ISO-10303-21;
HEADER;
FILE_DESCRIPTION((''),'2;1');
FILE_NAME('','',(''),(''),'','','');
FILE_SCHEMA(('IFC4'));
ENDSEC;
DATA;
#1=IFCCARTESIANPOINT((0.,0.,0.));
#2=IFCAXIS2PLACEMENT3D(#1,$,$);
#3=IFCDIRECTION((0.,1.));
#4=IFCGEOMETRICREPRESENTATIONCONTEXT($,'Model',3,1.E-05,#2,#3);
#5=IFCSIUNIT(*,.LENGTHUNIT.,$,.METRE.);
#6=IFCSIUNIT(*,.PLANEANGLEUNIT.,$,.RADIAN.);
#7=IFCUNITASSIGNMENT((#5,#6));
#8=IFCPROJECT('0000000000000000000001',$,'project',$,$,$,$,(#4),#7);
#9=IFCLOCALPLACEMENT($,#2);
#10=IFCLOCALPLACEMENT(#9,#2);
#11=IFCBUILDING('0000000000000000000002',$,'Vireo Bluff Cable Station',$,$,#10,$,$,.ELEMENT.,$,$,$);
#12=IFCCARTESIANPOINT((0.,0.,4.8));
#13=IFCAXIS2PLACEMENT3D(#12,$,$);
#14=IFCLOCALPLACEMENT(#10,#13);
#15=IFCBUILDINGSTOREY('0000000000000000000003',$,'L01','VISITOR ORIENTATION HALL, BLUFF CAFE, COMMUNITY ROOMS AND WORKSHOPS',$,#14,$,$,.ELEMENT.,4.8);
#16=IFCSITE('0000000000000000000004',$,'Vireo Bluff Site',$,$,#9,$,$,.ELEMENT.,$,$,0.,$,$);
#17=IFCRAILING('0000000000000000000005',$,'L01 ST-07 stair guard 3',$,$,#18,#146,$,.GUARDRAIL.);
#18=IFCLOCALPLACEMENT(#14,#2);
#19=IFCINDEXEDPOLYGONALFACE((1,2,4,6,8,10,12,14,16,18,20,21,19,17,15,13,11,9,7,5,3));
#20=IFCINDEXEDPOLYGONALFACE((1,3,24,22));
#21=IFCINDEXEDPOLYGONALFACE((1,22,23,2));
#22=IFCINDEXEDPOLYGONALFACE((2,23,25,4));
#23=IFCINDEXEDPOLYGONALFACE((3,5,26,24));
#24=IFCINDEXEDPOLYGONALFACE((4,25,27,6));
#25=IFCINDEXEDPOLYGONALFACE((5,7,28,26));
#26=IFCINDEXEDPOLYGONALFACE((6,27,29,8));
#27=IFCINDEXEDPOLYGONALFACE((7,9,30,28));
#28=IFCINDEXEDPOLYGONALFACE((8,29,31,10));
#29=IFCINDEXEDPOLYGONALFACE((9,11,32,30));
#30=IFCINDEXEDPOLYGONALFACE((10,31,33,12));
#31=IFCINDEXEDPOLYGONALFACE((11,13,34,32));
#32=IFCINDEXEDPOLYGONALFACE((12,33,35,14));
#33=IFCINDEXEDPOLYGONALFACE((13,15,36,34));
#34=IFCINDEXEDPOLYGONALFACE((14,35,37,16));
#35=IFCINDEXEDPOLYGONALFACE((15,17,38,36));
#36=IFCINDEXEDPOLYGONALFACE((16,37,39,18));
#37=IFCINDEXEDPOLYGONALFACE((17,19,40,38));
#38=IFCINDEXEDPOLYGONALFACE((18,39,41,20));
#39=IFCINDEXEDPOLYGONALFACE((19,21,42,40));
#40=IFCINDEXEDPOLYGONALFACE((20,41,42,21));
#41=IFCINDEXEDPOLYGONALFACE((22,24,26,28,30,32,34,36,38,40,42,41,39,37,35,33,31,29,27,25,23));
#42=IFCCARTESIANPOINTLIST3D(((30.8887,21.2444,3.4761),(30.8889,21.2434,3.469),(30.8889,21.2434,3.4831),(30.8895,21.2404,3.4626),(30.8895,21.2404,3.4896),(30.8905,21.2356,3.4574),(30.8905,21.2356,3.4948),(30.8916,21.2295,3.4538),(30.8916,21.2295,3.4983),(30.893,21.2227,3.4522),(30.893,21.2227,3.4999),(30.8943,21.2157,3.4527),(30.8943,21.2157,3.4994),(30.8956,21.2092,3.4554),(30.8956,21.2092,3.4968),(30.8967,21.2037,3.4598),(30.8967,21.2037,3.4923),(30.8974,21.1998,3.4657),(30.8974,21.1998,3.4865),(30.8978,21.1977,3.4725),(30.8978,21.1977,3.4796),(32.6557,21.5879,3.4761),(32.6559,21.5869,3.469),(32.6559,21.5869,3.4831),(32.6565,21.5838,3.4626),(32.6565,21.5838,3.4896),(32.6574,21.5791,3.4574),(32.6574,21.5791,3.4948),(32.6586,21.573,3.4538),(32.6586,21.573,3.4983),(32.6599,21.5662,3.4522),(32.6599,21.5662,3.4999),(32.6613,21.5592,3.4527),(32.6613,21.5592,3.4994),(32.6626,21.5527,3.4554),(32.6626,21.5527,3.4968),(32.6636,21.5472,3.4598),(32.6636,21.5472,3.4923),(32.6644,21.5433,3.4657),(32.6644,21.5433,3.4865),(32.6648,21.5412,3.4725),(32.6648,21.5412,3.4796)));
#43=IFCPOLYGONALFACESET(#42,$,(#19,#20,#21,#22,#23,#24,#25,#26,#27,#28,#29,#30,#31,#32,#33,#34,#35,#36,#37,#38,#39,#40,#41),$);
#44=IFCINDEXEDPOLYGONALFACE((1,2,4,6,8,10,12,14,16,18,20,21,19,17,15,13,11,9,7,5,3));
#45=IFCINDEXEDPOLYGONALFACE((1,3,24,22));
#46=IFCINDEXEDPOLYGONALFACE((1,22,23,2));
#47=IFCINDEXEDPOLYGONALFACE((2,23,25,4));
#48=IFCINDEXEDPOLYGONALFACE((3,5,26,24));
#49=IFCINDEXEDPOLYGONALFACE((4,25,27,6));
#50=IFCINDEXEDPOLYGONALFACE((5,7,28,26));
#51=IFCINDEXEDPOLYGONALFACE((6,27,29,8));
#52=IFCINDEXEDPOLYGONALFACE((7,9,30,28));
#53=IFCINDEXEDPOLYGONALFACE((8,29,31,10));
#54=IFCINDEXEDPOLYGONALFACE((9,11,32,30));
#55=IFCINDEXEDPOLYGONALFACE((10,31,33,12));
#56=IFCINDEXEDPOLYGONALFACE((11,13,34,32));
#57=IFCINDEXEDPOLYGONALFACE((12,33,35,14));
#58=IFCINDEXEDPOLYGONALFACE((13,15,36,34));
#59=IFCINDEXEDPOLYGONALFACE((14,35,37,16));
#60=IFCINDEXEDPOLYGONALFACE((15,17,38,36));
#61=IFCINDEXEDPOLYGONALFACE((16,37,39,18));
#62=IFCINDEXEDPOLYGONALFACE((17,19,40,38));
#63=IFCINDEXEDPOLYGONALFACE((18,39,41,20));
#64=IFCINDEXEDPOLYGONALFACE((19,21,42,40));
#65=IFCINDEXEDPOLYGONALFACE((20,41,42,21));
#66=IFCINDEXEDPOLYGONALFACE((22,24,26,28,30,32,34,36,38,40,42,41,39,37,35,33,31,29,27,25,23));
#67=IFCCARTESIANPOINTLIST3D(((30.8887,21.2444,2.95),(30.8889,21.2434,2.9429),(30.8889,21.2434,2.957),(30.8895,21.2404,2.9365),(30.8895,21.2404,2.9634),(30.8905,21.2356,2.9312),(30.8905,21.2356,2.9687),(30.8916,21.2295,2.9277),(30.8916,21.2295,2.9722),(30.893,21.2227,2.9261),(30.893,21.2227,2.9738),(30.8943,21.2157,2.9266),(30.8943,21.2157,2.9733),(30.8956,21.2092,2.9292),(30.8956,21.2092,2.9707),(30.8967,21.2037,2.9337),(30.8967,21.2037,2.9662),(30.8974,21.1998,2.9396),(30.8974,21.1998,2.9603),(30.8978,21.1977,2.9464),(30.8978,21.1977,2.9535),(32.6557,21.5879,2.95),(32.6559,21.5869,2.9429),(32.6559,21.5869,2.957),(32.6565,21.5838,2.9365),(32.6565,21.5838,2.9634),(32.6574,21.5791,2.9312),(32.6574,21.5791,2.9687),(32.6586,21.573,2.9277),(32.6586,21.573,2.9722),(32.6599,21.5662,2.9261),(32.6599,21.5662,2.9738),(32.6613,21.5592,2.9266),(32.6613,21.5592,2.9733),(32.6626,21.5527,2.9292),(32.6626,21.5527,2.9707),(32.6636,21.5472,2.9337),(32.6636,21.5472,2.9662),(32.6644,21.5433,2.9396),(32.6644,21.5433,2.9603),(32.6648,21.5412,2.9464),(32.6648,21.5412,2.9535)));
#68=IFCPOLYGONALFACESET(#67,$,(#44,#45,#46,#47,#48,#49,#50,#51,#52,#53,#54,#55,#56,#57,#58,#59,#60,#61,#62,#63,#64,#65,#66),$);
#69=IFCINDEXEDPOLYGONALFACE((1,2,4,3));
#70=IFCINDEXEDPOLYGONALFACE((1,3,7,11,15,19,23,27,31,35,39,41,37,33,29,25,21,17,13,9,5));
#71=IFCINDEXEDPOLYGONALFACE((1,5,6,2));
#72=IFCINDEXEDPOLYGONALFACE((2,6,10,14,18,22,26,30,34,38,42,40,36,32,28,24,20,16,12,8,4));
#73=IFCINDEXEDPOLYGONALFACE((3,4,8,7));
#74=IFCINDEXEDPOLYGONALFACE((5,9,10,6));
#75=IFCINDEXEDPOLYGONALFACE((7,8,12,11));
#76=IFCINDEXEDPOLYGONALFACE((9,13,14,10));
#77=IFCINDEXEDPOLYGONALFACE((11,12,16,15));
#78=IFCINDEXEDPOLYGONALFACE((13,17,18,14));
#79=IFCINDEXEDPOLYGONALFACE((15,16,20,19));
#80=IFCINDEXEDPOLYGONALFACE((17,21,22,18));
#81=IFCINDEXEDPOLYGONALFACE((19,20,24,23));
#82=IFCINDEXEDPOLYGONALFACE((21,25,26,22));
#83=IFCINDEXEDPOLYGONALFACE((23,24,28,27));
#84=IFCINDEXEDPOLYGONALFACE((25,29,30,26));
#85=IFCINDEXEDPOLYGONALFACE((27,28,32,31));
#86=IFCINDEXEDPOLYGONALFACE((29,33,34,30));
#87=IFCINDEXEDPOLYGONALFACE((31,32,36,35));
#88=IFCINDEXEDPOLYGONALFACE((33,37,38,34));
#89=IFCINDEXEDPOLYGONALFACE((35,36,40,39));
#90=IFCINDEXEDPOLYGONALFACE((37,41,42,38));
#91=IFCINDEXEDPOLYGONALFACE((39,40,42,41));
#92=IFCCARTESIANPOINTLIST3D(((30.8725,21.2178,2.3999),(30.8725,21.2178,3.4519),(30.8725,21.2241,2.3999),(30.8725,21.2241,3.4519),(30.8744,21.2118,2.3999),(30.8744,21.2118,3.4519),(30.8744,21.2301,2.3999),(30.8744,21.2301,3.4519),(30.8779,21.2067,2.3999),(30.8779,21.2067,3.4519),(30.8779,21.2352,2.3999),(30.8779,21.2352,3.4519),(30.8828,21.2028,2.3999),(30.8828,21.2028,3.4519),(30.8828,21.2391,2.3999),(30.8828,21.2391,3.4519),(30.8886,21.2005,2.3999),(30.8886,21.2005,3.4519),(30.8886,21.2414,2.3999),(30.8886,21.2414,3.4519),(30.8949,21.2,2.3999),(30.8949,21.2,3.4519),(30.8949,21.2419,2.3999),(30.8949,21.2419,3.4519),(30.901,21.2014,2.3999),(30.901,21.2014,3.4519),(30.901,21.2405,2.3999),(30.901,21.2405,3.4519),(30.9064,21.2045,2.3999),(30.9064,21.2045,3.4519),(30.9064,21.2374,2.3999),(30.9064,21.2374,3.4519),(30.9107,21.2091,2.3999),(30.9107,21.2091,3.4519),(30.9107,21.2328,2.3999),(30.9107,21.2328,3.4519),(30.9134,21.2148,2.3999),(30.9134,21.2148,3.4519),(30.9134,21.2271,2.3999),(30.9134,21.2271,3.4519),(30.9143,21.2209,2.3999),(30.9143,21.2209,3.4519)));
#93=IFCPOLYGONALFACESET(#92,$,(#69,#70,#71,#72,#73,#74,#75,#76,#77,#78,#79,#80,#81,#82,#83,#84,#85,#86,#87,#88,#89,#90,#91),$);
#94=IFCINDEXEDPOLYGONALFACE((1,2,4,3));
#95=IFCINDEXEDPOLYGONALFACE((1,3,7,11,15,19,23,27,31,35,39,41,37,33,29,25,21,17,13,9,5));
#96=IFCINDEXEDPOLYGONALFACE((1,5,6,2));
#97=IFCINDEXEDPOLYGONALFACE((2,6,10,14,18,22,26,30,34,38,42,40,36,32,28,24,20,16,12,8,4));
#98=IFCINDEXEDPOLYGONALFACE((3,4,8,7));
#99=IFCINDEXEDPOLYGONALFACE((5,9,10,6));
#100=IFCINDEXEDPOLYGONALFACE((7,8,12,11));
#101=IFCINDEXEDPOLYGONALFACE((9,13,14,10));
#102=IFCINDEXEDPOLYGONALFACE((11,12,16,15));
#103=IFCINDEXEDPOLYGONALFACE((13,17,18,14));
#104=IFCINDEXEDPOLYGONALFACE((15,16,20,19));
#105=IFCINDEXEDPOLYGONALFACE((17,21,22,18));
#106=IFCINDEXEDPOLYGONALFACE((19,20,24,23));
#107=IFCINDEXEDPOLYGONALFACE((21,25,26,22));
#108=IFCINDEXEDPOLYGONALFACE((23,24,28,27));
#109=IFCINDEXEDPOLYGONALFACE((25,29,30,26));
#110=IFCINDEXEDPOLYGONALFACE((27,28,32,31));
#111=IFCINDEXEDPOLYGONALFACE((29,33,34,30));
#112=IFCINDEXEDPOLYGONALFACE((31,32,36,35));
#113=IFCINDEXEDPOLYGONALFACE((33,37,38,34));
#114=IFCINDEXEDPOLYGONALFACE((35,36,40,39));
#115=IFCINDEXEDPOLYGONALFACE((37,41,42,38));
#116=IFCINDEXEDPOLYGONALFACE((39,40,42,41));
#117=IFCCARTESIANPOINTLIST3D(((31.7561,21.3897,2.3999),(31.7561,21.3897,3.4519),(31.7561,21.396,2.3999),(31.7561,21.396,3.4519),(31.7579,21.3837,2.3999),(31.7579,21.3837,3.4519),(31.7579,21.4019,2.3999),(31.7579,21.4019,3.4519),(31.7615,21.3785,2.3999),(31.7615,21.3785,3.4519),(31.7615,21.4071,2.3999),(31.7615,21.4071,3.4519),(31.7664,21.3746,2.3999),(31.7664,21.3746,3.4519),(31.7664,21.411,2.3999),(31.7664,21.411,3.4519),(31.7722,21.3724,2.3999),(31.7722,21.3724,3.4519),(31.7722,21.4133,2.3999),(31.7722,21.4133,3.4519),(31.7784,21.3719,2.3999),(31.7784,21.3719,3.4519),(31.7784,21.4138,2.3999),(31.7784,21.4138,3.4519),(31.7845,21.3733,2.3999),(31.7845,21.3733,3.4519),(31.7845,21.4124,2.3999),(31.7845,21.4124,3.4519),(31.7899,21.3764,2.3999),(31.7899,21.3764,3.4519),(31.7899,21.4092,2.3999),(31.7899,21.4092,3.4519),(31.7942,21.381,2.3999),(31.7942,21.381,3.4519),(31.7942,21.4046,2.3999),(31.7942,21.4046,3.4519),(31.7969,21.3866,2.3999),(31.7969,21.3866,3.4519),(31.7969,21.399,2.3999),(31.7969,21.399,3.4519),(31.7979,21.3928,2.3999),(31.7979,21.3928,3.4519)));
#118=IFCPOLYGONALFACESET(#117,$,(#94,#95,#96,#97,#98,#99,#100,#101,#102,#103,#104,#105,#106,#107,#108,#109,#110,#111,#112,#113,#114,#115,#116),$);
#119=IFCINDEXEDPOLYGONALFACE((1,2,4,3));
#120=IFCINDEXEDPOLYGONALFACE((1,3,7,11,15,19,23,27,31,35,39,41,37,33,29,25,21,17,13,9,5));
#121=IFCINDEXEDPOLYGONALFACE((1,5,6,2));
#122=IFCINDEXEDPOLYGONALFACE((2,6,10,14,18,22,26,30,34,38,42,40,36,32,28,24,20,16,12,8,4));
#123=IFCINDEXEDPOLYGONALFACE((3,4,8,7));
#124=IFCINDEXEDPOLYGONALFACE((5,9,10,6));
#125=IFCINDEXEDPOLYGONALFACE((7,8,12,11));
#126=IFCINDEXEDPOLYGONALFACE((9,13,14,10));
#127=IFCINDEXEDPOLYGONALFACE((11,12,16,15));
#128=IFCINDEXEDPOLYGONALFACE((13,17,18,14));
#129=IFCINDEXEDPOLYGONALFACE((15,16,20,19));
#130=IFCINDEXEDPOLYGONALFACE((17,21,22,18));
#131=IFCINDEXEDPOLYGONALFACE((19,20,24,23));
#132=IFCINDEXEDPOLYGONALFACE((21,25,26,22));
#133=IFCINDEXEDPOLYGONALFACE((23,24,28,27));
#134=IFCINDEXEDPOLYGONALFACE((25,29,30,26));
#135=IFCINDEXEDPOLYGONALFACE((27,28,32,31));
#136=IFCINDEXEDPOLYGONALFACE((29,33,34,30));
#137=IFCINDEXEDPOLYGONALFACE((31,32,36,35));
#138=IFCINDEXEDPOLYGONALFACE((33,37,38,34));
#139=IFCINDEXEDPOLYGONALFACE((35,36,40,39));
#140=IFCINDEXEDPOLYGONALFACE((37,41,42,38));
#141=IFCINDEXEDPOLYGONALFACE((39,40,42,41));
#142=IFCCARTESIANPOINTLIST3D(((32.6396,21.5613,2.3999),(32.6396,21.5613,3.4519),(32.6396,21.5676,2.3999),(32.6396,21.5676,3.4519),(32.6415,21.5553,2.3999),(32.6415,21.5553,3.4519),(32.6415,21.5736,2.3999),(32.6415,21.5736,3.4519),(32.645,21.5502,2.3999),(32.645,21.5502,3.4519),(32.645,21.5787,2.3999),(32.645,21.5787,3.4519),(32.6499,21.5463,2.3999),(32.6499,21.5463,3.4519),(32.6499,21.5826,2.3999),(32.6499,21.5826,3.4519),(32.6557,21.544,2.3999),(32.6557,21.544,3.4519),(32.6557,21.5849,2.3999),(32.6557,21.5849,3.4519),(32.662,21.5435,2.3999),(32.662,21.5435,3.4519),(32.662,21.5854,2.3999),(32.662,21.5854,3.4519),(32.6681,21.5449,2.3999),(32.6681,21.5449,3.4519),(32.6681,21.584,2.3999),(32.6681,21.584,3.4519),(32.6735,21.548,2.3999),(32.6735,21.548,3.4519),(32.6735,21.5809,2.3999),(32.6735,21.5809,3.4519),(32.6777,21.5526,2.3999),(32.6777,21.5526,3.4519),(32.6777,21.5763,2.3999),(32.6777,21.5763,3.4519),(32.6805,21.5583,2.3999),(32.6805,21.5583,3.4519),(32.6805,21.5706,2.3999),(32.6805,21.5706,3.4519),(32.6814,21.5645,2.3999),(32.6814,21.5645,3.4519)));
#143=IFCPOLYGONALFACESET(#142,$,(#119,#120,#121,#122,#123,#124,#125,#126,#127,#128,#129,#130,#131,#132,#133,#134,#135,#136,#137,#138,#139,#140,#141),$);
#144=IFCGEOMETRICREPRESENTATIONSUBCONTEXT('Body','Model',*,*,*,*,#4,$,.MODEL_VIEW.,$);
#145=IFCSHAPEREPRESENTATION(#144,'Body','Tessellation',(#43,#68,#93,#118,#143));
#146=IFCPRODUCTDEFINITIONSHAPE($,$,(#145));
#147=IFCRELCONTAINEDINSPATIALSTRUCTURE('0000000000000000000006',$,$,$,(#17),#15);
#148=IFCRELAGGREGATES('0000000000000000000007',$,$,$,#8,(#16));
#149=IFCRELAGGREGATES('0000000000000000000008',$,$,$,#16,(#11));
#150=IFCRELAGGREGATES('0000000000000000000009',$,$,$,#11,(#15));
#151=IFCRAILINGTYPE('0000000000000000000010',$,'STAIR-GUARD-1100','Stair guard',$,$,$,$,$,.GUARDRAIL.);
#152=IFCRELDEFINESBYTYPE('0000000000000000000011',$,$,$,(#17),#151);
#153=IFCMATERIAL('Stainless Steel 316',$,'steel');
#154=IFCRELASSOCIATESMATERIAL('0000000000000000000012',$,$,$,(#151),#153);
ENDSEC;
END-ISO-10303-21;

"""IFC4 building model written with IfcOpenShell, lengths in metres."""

from ifc_helpers import new_model, si_unit, direction, frame, origin, origin_2d, place, context, subcontext, project, spatial, circle, extrude, material, type_object, element, save


model = new_model("IFC4")

# Units and contexts
model_context = context("Model", 3, precision=1e-05, world=origin(), true_north=direction((0.0, 1.0)))
body_context = subcontext(model_context, "Body", "Model", "MODEL_VIEW")
ifc_project = project(units=[si_unit("LENGTHUNIT", "METRE"), si_unit("PLANEANGLEUNIT", "RADIAN")], contexts=[model_context])

# Site, building, storey
site_placement = place(None, origin())
site = spatial("IfcSite", under=ifc_project, at=site_placement, Name="Vireo Bluff Site", CompositionType="ELEMENT", RefElevation=0.0)
building_placement = place(site_placement, origin())
building = spatial("IfcBuilding", under=site, at=building_placement, Name="Vireo Bluff Cable Station", CompositionType="ELEMENT")
storey_placement = place(building_placement, frame((0.0, 0.0, 4.8)))
storey = spatial("IfcBuildingStorey", under=building, at=storey_placement, Name="L01", Description="VISITOR ORIENTATION HALL, BLUFF CAFE, COMMUNITY ROOMS AND WORKSHOPS", CompositionType="ELEMENT", Elevation=4.8)

# Railing
ifc_material_1 = material(Name="Stainless Steel 316", Category="steel")
railing_type_1 = type_object("IfcRailingType", Name="STAIR-GUARD-1100", Description="Stair guard", PredefinedType="GUARDRAIL", material=ifc_material_1)
railing_1_placement = place(storey_placement, frame((30.8933, 21.2209, 2.3999)))
element("IfcRailing", 1, at=railing_1_placement, inside=storey, type_object=railing_type_1, Name="L01 ST-07 stair guard 3", PredefinedType="GUARDRAIL", context=body_context, shape_type="SweptSolid", body=[
    extrude(circle(Radius=0.0239, at=origin_2d()), frame((0.0, 0.0, 1.0762), z_axis=(0.981625, 0.190819, 0.0), x_axis=(-0.190819, 0.981625, 0.0)), (0.0, 0.0, 1.0), 1.8),
    extrude(circle(Radius=0.0239, at=origin_2d()), frame((0.0, 0.0, 0.55), z_axis=(0.981625, 0.190819, 0.0), x_axis=(-0.190819, 0.981625, 0.0)), (0.0, 0.0, 1.0), 1.8),
    extrude(circle(Radius=0.021, at=origin_2d()), origin(), (0.0, 0.0, 1.0), 1.052),
    extrude(circle(Radius=0.021, at=origin_2d()), frame((0.8835, 0.1719, 0.0)), (0.0, 0.0, 1.0), 1.052),
    extrude(circle(Radius=0.021, at=origin_2d()), frame((1.7671, 0.3435, 0.0)), (0.0, 0.0, 1.0), 1.052),
])

save(model, "model.ifc")
